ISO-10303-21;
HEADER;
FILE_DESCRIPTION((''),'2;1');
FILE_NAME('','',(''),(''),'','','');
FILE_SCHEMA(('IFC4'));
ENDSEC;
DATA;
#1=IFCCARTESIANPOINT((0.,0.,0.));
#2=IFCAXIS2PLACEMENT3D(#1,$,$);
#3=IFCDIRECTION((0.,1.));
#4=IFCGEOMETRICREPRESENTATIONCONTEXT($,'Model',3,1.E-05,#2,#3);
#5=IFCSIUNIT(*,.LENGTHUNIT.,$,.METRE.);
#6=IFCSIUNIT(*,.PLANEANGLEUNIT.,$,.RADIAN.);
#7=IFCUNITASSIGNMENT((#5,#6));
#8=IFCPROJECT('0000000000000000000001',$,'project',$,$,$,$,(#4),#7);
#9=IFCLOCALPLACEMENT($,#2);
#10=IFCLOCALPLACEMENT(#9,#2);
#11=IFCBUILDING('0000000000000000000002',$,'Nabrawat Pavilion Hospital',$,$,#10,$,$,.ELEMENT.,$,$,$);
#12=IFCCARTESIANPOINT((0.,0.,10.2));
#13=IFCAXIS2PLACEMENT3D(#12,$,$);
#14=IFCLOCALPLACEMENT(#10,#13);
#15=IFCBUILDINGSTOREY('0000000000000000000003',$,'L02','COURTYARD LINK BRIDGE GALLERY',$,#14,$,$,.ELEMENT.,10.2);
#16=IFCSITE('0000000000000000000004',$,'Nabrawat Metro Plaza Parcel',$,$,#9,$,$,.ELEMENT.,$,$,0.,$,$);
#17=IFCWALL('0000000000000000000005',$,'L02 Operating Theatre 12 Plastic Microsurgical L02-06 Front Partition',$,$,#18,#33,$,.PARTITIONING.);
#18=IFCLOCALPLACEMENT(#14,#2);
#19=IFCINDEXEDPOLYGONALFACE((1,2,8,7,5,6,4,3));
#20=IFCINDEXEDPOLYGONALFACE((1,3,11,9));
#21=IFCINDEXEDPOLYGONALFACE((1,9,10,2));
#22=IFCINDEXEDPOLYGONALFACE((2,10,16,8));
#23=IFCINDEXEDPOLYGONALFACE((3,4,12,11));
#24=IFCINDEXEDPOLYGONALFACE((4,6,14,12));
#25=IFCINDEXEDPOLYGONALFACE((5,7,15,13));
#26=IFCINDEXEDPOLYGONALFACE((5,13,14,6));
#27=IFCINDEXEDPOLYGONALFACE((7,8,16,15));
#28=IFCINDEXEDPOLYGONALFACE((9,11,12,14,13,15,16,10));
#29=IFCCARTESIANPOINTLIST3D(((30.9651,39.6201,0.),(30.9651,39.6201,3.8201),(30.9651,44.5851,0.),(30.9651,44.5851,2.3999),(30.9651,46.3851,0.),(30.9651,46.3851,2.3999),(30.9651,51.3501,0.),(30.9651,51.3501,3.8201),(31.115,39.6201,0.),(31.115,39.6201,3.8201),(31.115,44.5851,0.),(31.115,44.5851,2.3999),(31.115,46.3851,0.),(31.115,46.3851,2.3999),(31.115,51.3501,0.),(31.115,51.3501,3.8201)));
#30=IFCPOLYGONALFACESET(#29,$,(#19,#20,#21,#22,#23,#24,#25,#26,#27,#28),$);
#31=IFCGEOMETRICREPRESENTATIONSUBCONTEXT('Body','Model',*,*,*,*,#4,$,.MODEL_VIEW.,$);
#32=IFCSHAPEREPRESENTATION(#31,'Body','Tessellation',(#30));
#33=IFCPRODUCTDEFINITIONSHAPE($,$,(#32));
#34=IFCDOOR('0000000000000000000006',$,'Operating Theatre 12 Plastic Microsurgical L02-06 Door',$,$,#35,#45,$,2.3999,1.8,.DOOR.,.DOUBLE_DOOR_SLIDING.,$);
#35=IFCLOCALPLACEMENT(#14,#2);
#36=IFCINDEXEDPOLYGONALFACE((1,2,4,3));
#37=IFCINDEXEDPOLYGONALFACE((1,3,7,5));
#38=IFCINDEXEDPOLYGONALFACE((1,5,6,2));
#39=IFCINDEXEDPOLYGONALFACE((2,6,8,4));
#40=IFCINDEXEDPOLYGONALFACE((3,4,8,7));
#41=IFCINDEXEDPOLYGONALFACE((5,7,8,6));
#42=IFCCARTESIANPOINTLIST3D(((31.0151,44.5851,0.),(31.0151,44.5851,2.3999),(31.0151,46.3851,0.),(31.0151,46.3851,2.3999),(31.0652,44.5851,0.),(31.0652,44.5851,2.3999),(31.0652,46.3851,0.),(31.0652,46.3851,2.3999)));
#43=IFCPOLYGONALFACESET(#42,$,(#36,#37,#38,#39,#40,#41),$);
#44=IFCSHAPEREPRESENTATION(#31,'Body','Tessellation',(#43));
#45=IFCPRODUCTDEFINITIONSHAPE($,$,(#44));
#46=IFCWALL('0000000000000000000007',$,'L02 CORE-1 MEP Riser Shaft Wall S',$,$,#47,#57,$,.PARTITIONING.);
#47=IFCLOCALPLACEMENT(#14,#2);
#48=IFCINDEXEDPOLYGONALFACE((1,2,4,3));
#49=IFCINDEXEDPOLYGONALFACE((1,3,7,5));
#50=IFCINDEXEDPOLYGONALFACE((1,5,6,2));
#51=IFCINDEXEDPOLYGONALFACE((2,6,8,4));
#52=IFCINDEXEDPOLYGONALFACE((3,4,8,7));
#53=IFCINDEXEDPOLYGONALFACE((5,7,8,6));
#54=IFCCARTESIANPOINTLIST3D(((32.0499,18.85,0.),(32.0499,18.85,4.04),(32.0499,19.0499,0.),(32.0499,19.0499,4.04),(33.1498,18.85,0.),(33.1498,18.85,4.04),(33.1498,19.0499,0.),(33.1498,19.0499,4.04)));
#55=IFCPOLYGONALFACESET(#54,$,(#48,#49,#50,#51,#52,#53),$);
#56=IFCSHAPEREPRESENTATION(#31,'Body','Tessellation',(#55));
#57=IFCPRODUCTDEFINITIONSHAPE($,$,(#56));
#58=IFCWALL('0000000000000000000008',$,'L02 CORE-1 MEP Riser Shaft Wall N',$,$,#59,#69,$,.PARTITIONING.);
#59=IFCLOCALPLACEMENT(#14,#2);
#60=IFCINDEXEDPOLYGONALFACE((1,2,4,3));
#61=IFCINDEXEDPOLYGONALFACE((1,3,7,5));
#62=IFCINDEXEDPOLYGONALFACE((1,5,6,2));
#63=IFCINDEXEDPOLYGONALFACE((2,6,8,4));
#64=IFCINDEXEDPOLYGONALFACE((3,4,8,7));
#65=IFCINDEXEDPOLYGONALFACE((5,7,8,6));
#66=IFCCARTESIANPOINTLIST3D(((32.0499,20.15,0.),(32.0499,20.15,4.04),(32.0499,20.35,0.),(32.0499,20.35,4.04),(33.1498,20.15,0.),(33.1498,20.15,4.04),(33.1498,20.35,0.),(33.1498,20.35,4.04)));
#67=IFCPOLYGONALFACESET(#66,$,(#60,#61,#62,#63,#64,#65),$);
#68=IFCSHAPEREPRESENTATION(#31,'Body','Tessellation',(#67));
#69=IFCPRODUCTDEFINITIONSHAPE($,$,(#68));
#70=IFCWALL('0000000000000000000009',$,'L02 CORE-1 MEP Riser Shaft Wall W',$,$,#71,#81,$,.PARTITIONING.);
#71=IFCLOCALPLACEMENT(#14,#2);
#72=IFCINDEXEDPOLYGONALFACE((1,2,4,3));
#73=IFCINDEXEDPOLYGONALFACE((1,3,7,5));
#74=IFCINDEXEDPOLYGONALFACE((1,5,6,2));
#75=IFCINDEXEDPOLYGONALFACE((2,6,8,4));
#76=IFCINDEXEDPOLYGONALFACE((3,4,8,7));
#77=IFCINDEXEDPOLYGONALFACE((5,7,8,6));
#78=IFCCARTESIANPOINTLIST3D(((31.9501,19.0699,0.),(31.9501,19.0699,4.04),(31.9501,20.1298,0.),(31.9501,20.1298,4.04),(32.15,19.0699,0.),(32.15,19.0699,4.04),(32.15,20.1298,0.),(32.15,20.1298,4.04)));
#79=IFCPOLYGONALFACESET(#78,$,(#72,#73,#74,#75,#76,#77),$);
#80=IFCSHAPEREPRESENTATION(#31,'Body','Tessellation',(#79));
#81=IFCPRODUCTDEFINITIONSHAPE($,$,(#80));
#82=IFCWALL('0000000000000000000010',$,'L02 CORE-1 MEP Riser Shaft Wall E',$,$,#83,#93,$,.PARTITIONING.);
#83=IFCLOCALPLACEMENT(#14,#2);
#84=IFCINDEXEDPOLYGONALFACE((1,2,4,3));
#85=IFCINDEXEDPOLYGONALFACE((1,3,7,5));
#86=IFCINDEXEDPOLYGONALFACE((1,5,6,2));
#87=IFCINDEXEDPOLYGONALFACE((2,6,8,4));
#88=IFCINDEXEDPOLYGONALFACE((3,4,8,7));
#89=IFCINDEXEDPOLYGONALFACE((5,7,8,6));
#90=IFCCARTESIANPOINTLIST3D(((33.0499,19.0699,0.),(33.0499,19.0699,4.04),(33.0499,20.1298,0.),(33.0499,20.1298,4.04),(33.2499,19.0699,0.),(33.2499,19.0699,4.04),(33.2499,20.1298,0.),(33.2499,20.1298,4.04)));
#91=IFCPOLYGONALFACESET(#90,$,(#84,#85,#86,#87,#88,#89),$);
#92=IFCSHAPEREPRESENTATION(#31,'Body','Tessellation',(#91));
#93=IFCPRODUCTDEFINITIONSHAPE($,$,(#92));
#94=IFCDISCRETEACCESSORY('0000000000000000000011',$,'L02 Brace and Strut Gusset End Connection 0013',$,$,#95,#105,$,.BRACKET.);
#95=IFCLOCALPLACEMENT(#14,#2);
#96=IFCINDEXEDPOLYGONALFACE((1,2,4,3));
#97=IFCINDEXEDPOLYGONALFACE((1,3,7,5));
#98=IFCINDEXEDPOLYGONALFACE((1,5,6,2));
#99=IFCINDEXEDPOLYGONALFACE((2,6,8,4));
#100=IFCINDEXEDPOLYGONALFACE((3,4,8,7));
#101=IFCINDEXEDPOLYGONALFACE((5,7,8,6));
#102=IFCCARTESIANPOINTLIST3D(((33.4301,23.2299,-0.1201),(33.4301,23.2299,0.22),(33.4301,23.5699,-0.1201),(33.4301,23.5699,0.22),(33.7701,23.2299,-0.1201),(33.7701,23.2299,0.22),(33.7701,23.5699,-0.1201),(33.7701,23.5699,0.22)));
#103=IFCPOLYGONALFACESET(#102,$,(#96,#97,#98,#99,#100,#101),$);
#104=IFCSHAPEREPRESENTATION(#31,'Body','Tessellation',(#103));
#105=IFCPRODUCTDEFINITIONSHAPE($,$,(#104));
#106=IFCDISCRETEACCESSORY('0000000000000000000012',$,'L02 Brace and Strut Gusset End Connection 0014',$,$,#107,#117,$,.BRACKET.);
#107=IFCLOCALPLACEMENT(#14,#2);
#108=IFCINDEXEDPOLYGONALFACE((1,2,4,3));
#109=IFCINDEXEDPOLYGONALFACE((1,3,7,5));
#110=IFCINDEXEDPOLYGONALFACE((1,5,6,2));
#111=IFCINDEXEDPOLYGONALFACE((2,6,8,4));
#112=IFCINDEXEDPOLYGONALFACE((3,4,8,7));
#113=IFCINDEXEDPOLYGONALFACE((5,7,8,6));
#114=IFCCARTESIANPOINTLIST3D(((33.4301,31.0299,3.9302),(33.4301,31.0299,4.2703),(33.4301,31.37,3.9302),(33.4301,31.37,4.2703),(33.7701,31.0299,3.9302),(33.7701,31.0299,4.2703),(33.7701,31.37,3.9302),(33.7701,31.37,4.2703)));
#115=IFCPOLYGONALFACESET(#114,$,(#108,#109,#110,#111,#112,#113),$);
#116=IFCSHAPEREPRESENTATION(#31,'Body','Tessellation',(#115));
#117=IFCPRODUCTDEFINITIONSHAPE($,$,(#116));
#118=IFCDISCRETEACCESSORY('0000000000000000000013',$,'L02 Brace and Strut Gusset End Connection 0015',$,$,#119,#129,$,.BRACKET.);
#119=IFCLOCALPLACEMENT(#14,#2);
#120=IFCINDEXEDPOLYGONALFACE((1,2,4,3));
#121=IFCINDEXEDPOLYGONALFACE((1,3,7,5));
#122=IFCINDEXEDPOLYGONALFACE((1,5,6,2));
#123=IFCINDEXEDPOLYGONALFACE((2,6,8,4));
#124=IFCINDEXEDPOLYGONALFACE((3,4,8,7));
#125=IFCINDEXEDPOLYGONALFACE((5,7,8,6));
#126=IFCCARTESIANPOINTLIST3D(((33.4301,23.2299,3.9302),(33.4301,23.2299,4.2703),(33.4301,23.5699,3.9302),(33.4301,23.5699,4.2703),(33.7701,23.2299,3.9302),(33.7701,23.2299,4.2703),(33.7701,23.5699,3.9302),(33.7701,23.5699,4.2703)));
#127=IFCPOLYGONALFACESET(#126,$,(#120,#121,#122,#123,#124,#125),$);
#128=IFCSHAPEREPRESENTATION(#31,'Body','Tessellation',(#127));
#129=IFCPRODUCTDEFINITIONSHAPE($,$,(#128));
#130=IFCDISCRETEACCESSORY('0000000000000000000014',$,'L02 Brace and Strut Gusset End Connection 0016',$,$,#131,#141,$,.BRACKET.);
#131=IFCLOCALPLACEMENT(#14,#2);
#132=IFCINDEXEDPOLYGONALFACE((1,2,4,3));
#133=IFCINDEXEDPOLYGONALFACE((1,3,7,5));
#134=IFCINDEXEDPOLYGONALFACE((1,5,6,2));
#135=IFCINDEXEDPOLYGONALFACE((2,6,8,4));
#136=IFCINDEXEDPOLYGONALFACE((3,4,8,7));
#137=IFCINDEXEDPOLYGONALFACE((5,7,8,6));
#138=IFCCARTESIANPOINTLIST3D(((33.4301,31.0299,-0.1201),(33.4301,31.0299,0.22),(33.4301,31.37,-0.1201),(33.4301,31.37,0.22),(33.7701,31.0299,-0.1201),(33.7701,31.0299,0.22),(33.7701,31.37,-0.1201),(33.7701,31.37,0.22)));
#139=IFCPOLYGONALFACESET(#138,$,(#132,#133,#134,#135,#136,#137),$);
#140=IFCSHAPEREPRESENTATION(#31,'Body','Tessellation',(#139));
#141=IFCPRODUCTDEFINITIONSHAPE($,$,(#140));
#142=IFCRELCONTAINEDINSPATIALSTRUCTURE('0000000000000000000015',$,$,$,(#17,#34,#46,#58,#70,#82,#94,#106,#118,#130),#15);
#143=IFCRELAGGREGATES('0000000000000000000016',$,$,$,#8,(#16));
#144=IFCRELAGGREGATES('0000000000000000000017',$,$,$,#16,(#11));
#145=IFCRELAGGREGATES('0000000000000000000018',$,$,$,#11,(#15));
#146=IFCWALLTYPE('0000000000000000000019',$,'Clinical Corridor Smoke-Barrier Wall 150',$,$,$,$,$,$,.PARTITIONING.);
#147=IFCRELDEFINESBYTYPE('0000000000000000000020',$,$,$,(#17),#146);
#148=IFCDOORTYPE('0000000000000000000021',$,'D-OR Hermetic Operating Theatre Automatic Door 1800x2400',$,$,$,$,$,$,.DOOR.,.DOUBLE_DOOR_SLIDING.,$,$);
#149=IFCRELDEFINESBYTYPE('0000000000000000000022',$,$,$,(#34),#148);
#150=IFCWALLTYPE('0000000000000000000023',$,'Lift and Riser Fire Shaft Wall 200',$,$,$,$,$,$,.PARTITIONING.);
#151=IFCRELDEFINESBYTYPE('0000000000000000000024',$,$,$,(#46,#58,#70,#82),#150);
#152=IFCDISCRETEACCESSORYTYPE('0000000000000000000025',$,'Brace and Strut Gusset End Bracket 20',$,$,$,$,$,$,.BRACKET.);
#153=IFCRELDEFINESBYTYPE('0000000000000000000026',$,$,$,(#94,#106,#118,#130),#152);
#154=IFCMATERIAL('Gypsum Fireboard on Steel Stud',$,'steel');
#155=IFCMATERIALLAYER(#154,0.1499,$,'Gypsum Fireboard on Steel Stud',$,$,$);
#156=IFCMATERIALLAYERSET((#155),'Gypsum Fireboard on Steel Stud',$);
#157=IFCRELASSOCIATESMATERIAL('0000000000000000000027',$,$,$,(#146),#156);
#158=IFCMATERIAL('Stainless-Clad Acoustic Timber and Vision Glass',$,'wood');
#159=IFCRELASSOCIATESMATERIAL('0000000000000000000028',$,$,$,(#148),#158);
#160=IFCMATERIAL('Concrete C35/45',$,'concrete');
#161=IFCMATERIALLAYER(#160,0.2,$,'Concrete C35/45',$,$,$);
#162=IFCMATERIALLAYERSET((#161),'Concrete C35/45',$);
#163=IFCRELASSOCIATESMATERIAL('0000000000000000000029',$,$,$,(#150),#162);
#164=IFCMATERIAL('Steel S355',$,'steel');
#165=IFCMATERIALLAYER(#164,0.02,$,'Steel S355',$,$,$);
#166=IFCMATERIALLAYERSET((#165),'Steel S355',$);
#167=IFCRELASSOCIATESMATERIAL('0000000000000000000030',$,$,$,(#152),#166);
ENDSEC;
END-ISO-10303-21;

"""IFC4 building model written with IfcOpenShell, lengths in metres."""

from ifc_helpers import new_model, si_unit, direction, frame, frame_2d, origin, origin_2d, place, context, subcontext, project, spatial, rectangle, extrude, material, layer, layer_set, type_object, element, fill, save


model = new_model("IFC4")

# Units and contexts
model_context = context("Model", 3, precision=1e-05, world=origin(), true_north=direction((0.0, 1.0)))
body_context = subcontext(model_context, "Body", "Model", "MODEL_VIEW")
ifc_project = project(units=[si_unit("LENGTHUNIT", "METRE"), si_unit("PLANEANGLEUNIT", "RADIAN")], contexts=[model_context])

# Site, building, storey
site_placement = place(None, origin())
site = spatial("IfcSite", under=ifc_project, at=site_placement, Name="Nabrawat Metro Plaza Parcel", CompositionType="ELEMENT", RefElevation=0.0)
building_placement = place(site_placement, origin())
building = spatial("IfcBuilding", under=site, at=building_placement, Name="Nabrawat Pavilion Hospital", CompositionType="ELEMENT")
storey_placement = place(building_placement, frame((0.0, 0.0, 10.2)))
storey = spatial("IfcBuildingStorey", under=building, at=storey_placement, Name="L02", Description="COURTYARD LINK BRIDGE GALLERY", CompositionType="ELEMENT", Elevation=10.2)

# Shared definitions
ifc_material_1 = material(Name="Steel S355", Category="steel")

# Wall, opening, door
ifc_material_2 = material(Name="Gypsum Fireboard on Steel Stud", Category="steel")
ifc_layer_1 = layer(ifc_material_2, 0.1499, Name="Gypsum Fireboard on Steel Stud")
ifc_layer_set_1 = layer_set([ifc_layer_1], Name="Gypsum Fireboard on Steel Stud")
wall_type_1 = type_object("IfcWallType", Name="Clinical Corridor Smoke-Barrier Wall 150", PredefinedType="PARTITIONING", material=ifc_layer_set_1)
ifc_material_3 = material(Name="Stainless-Clad Acoustic Timber and Vision Glass", Category="wood")
door_type = type_object("IfcDoorType", Name="D-OR Hermetic Operating Theatre Automatic Door 1800x2400", OperationType="DOUBLE_DOOR_SLIDING", PredefinedType="DOOR", material=ifc_material_3)
wall_1_placement = place(storey_placement, frame((31.04, 39.6201, 0.0), z_axis=(0.0, 0.0, 1.0), x_axis=(0.0, 1.0, 0.0)))
wall_1 = element("IfcWall", 1, at=wall_1_placement, inside=storey, type_object=wall_type_1, Name="L02 Operating Theatre 12 Plastic Microsurgical L02-06 Front Partition", PredefinedType="PARTITIONING", context=body_context, shape_type="SweptSolid", body=[
    extrude(rectangle(XDim=11.73, YDim=0.1499, at=frame_2d((5.865, 0.0))), origin(), (0.0, 0.0, 1.0), 3.8201),
])
opening_1_placement = place(wall_1_placement, frame((4.9651, 0.0, 0.0)))
opening_1 = element("IfcOpeningElement", 2, at=opening_1_placement, cuts=wall_1, PredefinedType="OPENING", context=body_context, shape_type="SweptSolid", body=[
    extrude(rectangle(XDim=1.8, YDim=2.3999, at=frame_2d((0.8999, 1.2))), frame((0.0, 0.085, 0.0), z_axis=(0.0, -1.0, 0.0), x_axis=(1.0, 0.0, 0.0)), (0.0, 0.0, 1.0), 0.1699),
])
door_1_placement = place(opening_1_placement, origin())
door_1 = element("IfcDoor", 3, at=door_1_placement, inside=storey, type_object=door_type, Name="Operating Theatre 12 Plastic Microsurgical L02-06 Door", OperationType="DOUBLE_DOOR_SLIDING", OverallHeight=2.3999, OverallWidth=1.8, PredefinedType="DOOR", context=body_context, shape_type="SweptSolid", body=[
    extrude(rectangle(XDim=1.8, YDim=2.3999, at=frame_2d((0.8999, 1.2))), frame((0.0, 0.0249, 0.0), z_axis=(0.0, -1.0, 0.0), x_axis=(1.0, 0.0, 0.0)), (0.0, 0.0, 1.0), 0.05),
])
fill(opening_1, door_1)

# Walls
ifc_material_4 = material(Name="Concrete C35/45", Category="concrete")
ifc_layer_2 = layer(ifc_material_4, 0.2, Name="Concrete C35/45")
ifc_layer_set_2 = layer_set([ifc_layer_2], Name="Concrete C35/45")
wall_type_2 = type_object("IfcWallType", Name="Lift and Riser Fire Shaft Wall 200", PredefinedType="PARTITIONING", material=ifc_layer_set_2)
for number, where, z_axis, x_axis, name in (
    (4, (32.05, 18.95, 0.0), (0.0, 0.0, 1.0), (1.0, 0.0, 0.0), "L02 CORE-1 MEP Riser Shaft Wall S"),
    (5, (32.05, 20.25, 0.0), (0.0, 0.0, 1.0), (1.0, 0.0, 0.0), "L02 CORE-1 MEP Riser Shaft Wall N"),
):
    element("IfcWall", number, at=place(storey_placement, frame(where, z_axis=z_axis, x_axis=x_axis)), inside=storey, type_object=wall_type_2, Name=name, PredefinedType="PARTITIONING", context=body_context, shape_type="SweptSolid", body=[
        extrude(rectangle(XDim=1.0999, YDim=0.2, at=frame_2d((0.5498, 0.0))), origin(), (0.0, 0.0, 1.0), 4.04),
    ])
for number, where, z_axis, x_axis, name in (
    (6, (32.05, 19.0701, 0.0), (0.0, 0.0, 1.0), (0.0, 1.0, 0.0), "L02 CORE-1 MEP Riser Shaft Wall W"),
    (7, (33.1499, 19.0701, 0.0), (0.0, 0.0, 1.0), (0.0, 1.0, 0.0), "L02 CORE-1 MEP Riser Shaft Wall E"),
):
    element("IfcWall", number, at=place(storey_placement, frame(where, z_axis=z_axis, x_axis=x_axis)), inside=storey, type_object=wall_type_2, Name=name, PredefinedType="PARTITIONING", context=body_context, shape_type="SweptSolid", body=[
        extrude(rectangle(XDim=1.0598, YDim=0.2, at=frame_2d((0.5298, 0.0))), origin(), (0.0, 0.0, 1.0), 4.04),
    ])

# Discrete accessories
ifc_layer_3 = layer(ifc_material_1, 0.02, Name="Steel S355")
ifc_layer_set_3 = layer_set([ifc_layer_3], Name="Steel S355")
discrete_accessory_type = type_object("IfcDiscreteAccessoryType", Name="Brace and Strut Gusset End Bracket 20", PredefinedType="BRACKET", material=ifc_layer_set_3)
for number, where, z_axis, x_axis, name in (
    (8, (33.6001, 23.3999, -0.1201), (0.0, 0.0, 1.0), (1.0, 0.0, 0.0), "L02 Brace and Strut Gusset End Connection 0013"),
    (9, (33.6001, 31.2, 3.9302), (0.0, 0.0, 1.0), (1.0, 0.0, 0.0), "L02 Brace and Strut Gusset End Connection 0014"),
    (10, (33.6001, 23.3999, 3.9302), (0.0, 0.0, 1.0), (1.0, 0.0, 0.0), "L02 Brace and Strut Gusset End Connection 0015"),
    (11, (33.6001, 31.2, -0.1201), (0.0, 0.0, 1.0), (1.0, 0.0, 0.0), "L02 Brace and Strut Gusset End Connection 0016"),
):
    element("IfcDiscreteAccessory", number, at=place(storey_placement, frame(where, z_axis=z_axis, x_axis=x_axis)), inside=storey, type_object=discrete_accessory_type, Name=name, PredefinedType="BRACKET", context=body_context, shape_type="SweptSolid", body=[
        extrude(rectangle(XDim=0.3401, YDim=0.3401, at=origin_2d()), origin(), (0.0, 0.0, 1.0), 0.3401),
    ])

save(model, "model.ifc")
